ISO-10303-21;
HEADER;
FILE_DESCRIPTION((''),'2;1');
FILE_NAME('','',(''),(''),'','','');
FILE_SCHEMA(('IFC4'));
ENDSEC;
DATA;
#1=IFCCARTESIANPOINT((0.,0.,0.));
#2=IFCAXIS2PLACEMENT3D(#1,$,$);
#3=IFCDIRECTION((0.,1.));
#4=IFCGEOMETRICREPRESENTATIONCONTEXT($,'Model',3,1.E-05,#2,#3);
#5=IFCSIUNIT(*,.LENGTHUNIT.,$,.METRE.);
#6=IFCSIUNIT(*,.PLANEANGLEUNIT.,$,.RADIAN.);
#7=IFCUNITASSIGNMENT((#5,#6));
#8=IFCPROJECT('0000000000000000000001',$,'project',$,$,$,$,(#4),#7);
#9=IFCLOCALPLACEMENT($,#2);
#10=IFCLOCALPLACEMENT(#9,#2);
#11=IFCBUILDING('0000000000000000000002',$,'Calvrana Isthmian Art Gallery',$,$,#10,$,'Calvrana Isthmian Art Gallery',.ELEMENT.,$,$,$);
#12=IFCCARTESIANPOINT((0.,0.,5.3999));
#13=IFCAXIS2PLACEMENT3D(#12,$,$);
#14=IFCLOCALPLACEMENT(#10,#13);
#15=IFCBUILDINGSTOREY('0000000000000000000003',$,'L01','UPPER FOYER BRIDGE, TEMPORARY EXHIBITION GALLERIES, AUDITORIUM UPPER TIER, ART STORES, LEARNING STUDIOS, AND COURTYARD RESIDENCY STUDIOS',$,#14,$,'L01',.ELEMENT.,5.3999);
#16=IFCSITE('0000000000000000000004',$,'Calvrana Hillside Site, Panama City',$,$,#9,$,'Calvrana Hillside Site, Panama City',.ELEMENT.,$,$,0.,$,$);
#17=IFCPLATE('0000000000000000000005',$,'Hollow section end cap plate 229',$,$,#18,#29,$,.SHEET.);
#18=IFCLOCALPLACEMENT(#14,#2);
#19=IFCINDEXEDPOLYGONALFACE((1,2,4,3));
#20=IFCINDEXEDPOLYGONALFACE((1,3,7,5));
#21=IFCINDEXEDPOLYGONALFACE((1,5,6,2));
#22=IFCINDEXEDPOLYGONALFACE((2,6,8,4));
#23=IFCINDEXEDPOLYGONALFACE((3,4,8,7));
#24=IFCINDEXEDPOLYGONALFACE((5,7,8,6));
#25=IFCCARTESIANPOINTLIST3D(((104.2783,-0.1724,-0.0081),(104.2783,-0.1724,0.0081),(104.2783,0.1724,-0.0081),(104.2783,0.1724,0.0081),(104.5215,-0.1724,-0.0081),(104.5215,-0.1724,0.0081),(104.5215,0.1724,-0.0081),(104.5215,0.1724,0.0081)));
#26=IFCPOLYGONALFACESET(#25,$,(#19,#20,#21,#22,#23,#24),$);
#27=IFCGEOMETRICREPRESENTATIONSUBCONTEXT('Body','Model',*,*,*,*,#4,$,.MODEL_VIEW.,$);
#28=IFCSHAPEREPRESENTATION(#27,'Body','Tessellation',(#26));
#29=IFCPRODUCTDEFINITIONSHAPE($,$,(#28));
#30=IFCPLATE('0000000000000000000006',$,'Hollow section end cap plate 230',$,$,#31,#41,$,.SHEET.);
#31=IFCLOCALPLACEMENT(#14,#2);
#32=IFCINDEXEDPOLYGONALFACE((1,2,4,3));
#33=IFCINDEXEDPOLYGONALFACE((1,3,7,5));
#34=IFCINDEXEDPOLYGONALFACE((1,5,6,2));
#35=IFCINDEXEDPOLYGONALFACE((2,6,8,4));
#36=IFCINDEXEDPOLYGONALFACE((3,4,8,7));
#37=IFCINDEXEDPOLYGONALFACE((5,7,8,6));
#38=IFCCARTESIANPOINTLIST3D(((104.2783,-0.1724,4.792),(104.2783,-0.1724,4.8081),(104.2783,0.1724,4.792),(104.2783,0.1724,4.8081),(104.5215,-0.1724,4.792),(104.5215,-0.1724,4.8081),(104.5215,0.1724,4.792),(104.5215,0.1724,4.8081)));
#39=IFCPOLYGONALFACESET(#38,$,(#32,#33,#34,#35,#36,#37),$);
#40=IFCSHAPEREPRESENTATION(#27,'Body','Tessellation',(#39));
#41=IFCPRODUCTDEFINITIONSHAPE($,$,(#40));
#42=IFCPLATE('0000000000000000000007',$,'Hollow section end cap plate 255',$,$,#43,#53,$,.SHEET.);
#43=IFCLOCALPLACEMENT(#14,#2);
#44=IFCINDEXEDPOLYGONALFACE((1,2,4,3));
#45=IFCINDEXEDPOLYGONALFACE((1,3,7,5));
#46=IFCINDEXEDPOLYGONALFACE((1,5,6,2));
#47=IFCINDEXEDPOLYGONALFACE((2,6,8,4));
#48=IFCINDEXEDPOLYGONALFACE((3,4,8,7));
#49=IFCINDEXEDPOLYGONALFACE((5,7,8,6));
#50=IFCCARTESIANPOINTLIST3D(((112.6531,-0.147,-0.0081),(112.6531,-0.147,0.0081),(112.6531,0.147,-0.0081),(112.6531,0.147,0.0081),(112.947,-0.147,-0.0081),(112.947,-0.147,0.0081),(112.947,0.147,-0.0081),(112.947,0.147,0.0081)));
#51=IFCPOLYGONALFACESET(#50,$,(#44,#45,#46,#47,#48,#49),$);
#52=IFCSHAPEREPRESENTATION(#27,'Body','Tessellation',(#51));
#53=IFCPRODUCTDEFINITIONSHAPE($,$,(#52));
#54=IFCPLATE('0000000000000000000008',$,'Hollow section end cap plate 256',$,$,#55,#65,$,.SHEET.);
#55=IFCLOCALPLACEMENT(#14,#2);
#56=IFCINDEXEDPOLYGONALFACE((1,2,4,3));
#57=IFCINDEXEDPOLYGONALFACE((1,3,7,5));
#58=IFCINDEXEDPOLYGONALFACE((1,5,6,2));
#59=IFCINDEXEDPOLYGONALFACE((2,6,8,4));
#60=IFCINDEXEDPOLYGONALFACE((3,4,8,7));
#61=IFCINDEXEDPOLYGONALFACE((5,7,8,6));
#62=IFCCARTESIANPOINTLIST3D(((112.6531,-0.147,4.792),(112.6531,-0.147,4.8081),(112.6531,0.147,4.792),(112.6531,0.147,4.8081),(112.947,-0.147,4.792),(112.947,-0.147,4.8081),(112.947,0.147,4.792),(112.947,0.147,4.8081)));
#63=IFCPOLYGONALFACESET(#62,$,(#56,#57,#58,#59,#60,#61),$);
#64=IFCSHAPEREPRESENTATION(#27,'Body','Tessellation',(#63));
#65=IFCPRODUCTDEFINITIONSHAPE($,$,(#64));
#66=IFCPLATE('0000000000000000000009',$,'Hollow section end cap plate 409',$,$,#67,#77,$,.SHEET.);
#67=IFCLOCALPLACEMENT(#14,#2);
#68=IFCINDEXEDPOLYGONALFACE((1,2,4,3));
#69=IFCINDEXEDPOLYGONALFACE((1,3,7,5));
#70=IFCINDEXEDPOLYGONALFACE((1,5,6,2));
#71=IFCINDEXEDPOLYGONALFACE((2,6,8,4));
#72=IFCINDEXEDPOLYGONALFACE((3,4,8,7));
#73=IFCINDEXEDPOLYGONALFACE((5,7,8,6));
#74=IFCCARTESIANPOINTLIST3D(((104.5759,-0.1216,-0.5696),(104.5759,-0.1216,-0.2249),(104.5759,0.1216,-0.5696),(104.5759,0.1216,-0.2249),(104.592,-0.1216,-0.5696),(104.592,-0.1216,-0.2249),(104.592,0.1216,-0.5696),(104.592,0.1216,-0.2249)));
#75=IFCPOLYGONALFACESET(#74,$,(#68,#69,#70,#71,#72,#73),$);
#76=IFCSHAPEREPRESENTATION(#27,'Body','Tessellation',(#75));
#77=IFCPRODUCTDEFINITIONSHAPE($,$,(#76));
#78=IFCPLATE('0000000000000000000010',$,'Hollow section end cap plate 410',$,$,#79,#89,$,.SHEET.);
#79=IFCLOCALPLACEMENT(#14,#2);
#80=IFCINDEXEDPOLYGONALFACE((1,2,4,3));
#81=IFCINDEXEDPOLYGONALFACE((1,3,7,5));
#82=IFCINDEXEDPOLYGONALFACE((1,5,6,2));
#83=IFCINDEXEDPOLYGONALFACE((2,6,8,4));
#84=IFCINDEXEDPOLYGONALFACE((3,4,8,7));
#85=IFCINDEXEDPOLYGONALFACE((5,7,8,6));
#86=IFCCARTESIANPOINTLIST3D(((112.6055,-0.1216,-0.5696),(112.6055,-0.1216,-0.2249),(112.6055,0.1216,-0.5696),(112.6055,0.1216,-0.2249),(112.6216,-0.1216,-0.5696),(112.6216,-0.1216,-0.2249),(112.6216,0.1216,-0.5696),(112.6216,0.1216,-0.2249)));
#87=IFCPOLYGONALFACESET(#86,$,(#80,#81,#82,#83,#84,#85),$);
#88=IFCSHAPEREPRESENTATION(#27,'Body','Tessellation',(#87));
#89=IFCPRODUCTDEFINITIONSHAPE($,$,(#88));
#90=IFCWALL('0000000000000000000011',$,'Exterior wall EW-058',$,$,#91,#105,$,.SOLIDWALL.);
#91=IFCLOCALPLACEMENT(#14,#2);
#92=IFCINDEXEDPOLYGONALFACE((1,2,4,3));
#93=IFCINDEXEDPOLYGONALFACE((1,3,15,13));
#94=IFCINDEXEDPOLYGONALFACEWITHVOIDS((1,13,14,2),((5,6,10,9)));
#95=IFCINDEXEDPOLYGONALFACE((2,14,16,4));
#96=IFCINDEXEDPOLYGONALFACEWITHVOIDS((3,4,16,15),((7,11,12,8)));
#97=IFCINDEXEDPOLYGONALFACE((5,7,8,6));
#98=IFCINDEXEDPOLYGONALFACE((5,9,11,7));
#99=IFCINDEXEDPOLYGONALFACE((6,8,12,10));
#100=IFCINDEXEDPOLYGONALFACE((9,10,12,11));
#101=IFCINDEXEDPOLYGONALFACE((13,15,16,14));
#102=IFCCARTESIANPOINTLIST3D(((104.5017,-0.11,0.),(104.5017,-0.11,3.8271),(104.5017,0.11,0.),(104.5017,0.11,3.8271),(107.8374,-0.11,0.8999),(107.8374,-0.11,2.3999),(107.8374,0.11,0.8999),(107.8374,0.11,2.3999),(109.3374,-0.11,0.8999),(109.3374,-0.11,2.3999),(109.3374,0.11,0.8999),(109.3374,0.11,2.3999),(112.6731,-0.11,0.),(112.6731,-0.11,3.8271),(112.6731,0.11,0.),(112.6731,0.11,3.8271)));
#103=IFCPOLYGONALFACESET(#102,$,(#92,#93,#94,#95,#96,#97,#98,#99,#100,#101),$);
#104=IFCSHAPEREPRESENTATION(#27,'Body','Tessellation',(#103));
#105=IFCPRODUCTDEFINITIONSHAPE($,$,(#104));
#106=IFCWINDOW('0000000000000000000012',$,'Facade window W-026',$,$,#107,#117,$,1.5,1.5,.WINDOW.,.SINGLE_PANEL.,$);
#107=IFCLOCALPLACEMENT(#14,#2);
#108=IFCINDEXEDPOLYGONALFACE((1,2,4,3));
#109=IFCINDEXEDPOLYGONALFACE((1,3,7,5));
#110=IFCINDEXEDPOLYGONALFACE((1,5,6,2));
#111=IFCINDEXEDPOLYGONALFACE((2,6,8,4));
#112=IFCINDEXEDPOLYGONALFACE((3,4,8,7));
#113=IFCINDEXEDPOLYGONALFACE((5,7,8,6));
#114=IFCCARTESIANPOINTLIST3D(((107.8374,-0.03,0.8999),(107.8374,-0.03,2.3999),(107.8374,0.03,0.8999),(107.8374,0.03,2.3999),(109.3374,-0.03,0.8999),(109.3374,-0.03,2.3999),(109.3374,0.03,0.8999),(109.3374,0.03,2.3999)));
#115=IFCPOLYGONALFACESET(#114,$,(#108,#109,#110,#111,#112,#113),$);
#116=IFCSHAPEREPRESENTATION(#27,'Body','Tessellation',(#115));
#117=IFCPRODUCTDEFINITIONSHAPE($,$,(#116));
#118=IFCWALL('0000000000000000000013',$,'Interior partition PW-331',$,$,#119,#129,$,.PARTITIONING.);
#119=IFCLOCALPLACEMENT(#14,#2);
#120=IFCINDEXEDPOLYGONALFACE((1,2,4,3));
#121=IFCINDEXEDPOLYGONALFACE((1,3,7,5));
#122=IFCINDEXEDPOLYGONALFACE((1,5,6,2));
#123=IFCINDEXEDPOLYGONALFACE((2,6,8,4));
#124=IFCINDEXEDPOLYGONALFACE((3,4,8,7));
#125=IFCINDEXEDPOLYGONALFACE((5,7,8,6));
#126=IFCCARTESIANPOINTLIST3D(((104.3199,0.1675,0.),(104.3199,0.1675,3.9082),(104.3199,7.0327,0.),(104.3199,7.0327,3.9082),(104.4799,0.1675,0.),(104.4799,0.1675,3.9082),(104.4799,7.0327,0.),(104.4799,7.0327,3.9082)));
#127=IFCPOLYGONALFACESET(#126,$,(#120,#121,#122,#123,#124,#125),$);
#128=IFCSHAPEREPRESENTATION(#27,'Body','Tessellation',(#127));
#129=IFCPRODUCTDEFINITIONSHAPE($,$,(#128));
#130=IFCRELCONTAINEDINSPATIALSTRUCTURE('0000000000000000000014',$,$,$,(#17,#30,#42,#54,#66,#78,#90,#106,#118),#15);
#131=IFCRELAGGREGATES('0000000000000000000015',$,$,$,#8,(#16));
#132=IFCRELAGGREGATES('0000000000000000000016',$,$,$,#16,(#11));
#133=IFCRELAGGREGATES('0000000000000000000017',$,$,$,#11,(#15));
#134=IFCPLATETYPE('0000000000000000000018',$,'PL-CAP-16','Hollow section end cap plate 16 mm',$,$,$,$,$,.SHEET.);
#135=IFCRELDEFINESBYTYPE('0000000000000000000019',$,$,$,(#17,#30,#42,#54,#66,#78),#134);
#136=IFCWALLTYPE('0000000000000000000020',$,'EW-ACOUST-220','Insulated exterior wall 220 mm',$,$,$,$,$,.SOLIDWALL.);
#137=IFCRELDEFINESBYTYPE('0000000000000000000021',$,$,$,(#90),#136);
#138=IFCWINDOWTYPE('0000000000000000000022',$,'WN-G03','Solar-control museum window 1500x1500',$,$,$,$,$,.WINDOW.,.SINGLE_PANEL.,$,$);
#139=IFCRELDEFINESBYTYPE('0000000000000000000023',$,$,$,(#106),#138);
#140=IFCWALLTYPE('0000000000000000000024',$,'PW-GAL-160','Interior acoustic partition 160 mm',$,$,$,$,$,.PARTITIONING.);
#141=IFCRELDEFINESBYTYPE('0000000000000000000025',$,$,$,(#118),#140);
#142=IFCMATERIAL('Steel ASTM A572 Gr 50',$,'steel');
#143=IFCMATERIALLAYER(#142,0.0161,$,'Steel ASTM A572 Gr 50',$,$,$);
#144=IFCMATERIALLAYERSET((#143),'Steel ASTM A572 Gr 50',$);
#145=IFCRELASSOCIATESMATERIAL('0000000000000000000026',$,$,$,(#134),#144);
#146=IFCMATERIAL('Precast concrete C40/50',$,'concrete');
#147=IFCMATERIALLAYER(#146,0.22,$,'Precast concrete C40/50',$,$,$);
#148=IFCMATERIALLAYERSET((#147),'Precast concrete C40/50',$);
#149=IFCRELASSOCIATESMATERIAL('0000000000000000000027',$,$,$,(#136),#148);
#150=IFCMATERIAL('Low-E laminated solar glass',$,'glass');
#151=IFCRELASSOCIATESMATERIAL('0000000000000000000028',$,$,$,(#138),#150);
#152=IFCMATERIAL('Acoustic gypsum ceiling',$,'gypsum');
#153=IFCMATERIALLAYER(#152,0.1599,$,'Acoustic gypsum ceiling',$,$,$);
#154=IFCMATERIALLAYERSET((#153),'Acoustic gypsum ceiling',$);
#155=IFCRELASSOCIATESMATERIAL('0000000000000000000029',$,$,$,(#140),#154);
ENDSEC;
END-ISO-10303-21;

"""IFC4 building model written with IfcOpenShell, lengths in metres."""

from ifc_helpers import new_model, si_unit, direction, frame, frame_2d, origin, origin_2d, place, context, subcontext, project, spatial, rectangle, extrude, material, layer, layer_set, type_object, element, fill, save


model = new_model("IFC4")

# Units and contexts
model_context = context("Model", 3, precision=1e-05, world=origin(), true_north=direction((0.0, 1.0)))
body_context = subcontext(model_context, "Body", "Model", "MODEL_VIEW")
ifc_project = project(units=[si_unit("LENGTHUNIT", "METRE"), si_unit("PLANEANGLEUNIT", "RADIAN")], contexts=[model_context])

# Site, building, storey
site_placement = place(None, origin())
site = spatial("IfcSite", under=ifc_project, at=site_placement, Name="Calvrana Hillside Site, Panama City", LongName="Calvrana Hillside Site, Panama City", CompositionType="ELEMENT", RefElevation=0.0)
building_placement = place(site_placement, origin())
building = spatial("IfcBuilding", under=site, at=building_placement, Name="Calvrana Isthmian Art Gallery", LongName="Calvrana Isthmian Art Gallery", CompositionType="ELEMENT")
storey_placement = place(building_placement, frame((0.0, 0.0, 5.3999)))
storey = spatial("IfcBuildingStorey", under=building, at=storey_placement, Name="L01", Description="UPPER FOYER BRIDGE, TEMPORARY EXHIBITION GALLERIES, AUDITORIUM UPPER TIER, ART STORES, LEARNING STUDIOS, AND COURTYARD RESIDENCY STUDIOS", LongName="L01", CompositionType="ELEMENT", Elevation=5.3999)

# Plates
ifc_material_1 = material(Name="Steel ASTM A572 Gr 50", Category="steel")
ifc_layer_1 = layer(ifc_material_1, 0.0161, Name="Steel ASTM A572 Gr 50")
ifc_layer_set_1 = layer_set([ifc_layer_1], Name="Steel ASTM A572 Gr 50")
plate_type_1 = type_object("IfcPlateType", Name="PL-CAP-16", Description="Hollow section end cap plate 16 mm", PredefinedType="SHEET", material=ifc_layer_set_1)
for number, where, z_axis, x_axis, name in (
    (1, (104.3999, 0.0, -0.0081), (0.0, 0.0, 1.0), (1.0, 0.0, 0.0), "Hollow section end cap plate 229"),
    (2, (104.3999, 0.0, 4.792), (0.0, 0.0, 1.0), (1.0, 0.0, 0.0), "Hollow section end cap plate 230"),
):
    element("IfcPlate", number, at=place(storey_placement, frame(where, z_axis=z_axis, x_axis=x_axis)), inside=storey, type_object=plate_type_1, Name=name, PredefinedType="SHEET", context=body_context, shape_type="SweptSolid", body=[
        extrude(rectangle(XDim=0.2432, YDim=0.3447, at=origin_2d()), origin(), (0.0, 0.0, 1.0), 0.0161),
    ])
for number, where, z_axis, x_axis, name in (
    (3, (112.8, 0.0, -0.0081), (0.0, 0.0, 1.0), (1.0, 0.0, 0.0), "Hollow section end cap plate 255"),
    (4, (112.8, 0.0, 4.792), (0.0, 0.0, 1.0), (1.0, 0.0, 0.0), "Hollow section end cap plate 256"),
):
    element("IfcPlate", number, at=place(storey_placement, frame(where, z_axis=z_axis, x_axis=x_axis)), inside=storey, type_object=plate_type_1, Name=name, PredefinedType="SHEET", context=body_context, shape_type="SweptSolid", body=[
        extrude(rectangle(XDim=0.2939, YDim=0.2939, at=origin_2d()), origin(), (0.0, 0.0, 1.0), 0.0161),
    ])
for number, where, z_axis, x_axis, name in (
    (5, (104.584, 0.0, -0.5696), (0.0, 0.0, 1.0), (1.0, 0.0, 0.0), "Hollow section end cap plate 409"),
    (6, (112.6135, 0.0, -0.5696), (0.0, 0.0, 1.0), (1.0, 0.0, 0.0), "Hollow section end cap plate 410"),
):
    element("IfcPlate", number, at=place(storey_placement, frame(where, z_axis=z_axis, x_axis=x_axis)), inside=storey, type_object=plate_type_1, Name=name, PredefinedType="SHEET", context=body_context, shape_type="SweptSolid", body=[
        extrude(rectangle(XDim=0.0161, YDim=0.2432, at=origin_2d()), origin(), (0.0, 0.0, 1.0), 0.3447),
    ])

# Wall, opening, window
ifc_material_2 = material(Name="Precast concrete C40/50", Category="concrete")
ifc_layer_2 = layer(ifc_material_2, 0.22, Name="Precast concrete C40/50")
ifc_layer_set_2 = layer_set([ifc_layer_2], Name="Precast concrete C40/50")
wall_type_1 = type_object("IfcWallType", Name="EW-ACOUST-220", Description="Insulated exterior wall 220 mm", PredefinedType="SOLIDWALL", material=ifc_layer_set_2)
wall_1_placement = place(storey_placement, frame((112.6731, 0.0, 0.0), z_axis=(0.0, 0.0, 1.0), x_axis=(-1.0, 0.0, 0.0)))
wall_1 = element("IfcWall", 7, at=wall_1_placement, inside=storey, type_object=wall_type_1, Name="Exterior wall EW-058", PredefinedType="SOLIDWALL", context=body_context, shape_type="SweptSolid", body=[
    extrude(rectangle(XDim=8.1714, YDim=0.22, at=frame_2d((4.0857, 0.0))), origin(), (0.0, 0.0, 1.0), 3.8271),
])
opening_placement = place(wall_1_placement, frame((3.3357, 0.0, 0.8999)))
opening = element("IfcOpeningElement", 8, at=opening_placement, cuts=wall_1, PredefinedType="OPENING", context=body_context, shape_type="SweptSolid", body=[
    extrude(rectangle(XDim=1.5, YDim=1.5, at=frame_2d((0.75, 0.75))), frame((0.0, 0.1201, 0.0), z_axis=(0.0, -1.0, 0.0), x_axis=(1.0, 0.0, 0.0)), (0.0, 0.0, 1.0), 0.2405),
])
ifc_material_3 = material(Name="Low-E laminated solar glass", Category="glass")
window_type = type_object("IfcWindowType", Name="WN-G03", Description="Solar-control museum window 1500x1500", PartitioningType="SINGLE_PANEL", PredefinedType="WINDOW", material=ifc_material_3)
window_placement = place(opening_placement, origin())
window = element("IfcWindow", 9, at=window_placement, inside=storey, type_object=window_type, Name="Facade window W-026", OverallHeight=1.5, OverallWidth=1.5, PartitioningType="SINGLE_PANEL", PredefinedType="WINDOW", context=body_context, shape_type="SweptSolid", body=[
    extrude(rectangle(XDim=1.5, YDim=1.5, at=frame_2d((0.75, 0.75))), frame((0.0, 0.03, 0.0), z_axis=(0.0, -1.0, 0.0), x_axis=(1.0, 0.0, 0.0)), (0.0, 0.0, 1.0), 0.0601),
])
fill(opening, window)

# Wall
ifc_material_4 = material(Name="Acoustic gypsum ceiling", Category="gypsum")
ifc_layer_3 = layer(ifc_material_4, 0.1599, Name="Acoustic gypsum ceiling")
ifc_layer_set_3 = layer_set([ifc_layer_3], Name="Acoustic gypsum ceiling")
wall_type_2 = type_object("IfcWallType", Name="PW-GAL-160", Description="Interior acoustic partition 160 mm", PredefinedType="PARTITIONING", material=ifc_layer_set_3)
wall_2_placement = place(storey_placement, frame((104.3999, 0.1675, 0.0), z_axis=(0.0, 0.0, 1.0), x_axis=(0.0, 1.0, 0.0)))
element("IfcWall", 10, at=wall_2_placement, inside=storey, type_object=wall_type_2, Name="Interior partition PW-331", PredefinedType="PARTITIONING", context=body_context, shape_type="SweptSolid", body=[
    extrude(rectangle(XDim=6.8652, YDim=0.1599, at=frame_2d((3.4326, 0.0))), origin(), (0.0, 0.0, 1.0), 3.9082),
])

save(model, "model.ifc")
